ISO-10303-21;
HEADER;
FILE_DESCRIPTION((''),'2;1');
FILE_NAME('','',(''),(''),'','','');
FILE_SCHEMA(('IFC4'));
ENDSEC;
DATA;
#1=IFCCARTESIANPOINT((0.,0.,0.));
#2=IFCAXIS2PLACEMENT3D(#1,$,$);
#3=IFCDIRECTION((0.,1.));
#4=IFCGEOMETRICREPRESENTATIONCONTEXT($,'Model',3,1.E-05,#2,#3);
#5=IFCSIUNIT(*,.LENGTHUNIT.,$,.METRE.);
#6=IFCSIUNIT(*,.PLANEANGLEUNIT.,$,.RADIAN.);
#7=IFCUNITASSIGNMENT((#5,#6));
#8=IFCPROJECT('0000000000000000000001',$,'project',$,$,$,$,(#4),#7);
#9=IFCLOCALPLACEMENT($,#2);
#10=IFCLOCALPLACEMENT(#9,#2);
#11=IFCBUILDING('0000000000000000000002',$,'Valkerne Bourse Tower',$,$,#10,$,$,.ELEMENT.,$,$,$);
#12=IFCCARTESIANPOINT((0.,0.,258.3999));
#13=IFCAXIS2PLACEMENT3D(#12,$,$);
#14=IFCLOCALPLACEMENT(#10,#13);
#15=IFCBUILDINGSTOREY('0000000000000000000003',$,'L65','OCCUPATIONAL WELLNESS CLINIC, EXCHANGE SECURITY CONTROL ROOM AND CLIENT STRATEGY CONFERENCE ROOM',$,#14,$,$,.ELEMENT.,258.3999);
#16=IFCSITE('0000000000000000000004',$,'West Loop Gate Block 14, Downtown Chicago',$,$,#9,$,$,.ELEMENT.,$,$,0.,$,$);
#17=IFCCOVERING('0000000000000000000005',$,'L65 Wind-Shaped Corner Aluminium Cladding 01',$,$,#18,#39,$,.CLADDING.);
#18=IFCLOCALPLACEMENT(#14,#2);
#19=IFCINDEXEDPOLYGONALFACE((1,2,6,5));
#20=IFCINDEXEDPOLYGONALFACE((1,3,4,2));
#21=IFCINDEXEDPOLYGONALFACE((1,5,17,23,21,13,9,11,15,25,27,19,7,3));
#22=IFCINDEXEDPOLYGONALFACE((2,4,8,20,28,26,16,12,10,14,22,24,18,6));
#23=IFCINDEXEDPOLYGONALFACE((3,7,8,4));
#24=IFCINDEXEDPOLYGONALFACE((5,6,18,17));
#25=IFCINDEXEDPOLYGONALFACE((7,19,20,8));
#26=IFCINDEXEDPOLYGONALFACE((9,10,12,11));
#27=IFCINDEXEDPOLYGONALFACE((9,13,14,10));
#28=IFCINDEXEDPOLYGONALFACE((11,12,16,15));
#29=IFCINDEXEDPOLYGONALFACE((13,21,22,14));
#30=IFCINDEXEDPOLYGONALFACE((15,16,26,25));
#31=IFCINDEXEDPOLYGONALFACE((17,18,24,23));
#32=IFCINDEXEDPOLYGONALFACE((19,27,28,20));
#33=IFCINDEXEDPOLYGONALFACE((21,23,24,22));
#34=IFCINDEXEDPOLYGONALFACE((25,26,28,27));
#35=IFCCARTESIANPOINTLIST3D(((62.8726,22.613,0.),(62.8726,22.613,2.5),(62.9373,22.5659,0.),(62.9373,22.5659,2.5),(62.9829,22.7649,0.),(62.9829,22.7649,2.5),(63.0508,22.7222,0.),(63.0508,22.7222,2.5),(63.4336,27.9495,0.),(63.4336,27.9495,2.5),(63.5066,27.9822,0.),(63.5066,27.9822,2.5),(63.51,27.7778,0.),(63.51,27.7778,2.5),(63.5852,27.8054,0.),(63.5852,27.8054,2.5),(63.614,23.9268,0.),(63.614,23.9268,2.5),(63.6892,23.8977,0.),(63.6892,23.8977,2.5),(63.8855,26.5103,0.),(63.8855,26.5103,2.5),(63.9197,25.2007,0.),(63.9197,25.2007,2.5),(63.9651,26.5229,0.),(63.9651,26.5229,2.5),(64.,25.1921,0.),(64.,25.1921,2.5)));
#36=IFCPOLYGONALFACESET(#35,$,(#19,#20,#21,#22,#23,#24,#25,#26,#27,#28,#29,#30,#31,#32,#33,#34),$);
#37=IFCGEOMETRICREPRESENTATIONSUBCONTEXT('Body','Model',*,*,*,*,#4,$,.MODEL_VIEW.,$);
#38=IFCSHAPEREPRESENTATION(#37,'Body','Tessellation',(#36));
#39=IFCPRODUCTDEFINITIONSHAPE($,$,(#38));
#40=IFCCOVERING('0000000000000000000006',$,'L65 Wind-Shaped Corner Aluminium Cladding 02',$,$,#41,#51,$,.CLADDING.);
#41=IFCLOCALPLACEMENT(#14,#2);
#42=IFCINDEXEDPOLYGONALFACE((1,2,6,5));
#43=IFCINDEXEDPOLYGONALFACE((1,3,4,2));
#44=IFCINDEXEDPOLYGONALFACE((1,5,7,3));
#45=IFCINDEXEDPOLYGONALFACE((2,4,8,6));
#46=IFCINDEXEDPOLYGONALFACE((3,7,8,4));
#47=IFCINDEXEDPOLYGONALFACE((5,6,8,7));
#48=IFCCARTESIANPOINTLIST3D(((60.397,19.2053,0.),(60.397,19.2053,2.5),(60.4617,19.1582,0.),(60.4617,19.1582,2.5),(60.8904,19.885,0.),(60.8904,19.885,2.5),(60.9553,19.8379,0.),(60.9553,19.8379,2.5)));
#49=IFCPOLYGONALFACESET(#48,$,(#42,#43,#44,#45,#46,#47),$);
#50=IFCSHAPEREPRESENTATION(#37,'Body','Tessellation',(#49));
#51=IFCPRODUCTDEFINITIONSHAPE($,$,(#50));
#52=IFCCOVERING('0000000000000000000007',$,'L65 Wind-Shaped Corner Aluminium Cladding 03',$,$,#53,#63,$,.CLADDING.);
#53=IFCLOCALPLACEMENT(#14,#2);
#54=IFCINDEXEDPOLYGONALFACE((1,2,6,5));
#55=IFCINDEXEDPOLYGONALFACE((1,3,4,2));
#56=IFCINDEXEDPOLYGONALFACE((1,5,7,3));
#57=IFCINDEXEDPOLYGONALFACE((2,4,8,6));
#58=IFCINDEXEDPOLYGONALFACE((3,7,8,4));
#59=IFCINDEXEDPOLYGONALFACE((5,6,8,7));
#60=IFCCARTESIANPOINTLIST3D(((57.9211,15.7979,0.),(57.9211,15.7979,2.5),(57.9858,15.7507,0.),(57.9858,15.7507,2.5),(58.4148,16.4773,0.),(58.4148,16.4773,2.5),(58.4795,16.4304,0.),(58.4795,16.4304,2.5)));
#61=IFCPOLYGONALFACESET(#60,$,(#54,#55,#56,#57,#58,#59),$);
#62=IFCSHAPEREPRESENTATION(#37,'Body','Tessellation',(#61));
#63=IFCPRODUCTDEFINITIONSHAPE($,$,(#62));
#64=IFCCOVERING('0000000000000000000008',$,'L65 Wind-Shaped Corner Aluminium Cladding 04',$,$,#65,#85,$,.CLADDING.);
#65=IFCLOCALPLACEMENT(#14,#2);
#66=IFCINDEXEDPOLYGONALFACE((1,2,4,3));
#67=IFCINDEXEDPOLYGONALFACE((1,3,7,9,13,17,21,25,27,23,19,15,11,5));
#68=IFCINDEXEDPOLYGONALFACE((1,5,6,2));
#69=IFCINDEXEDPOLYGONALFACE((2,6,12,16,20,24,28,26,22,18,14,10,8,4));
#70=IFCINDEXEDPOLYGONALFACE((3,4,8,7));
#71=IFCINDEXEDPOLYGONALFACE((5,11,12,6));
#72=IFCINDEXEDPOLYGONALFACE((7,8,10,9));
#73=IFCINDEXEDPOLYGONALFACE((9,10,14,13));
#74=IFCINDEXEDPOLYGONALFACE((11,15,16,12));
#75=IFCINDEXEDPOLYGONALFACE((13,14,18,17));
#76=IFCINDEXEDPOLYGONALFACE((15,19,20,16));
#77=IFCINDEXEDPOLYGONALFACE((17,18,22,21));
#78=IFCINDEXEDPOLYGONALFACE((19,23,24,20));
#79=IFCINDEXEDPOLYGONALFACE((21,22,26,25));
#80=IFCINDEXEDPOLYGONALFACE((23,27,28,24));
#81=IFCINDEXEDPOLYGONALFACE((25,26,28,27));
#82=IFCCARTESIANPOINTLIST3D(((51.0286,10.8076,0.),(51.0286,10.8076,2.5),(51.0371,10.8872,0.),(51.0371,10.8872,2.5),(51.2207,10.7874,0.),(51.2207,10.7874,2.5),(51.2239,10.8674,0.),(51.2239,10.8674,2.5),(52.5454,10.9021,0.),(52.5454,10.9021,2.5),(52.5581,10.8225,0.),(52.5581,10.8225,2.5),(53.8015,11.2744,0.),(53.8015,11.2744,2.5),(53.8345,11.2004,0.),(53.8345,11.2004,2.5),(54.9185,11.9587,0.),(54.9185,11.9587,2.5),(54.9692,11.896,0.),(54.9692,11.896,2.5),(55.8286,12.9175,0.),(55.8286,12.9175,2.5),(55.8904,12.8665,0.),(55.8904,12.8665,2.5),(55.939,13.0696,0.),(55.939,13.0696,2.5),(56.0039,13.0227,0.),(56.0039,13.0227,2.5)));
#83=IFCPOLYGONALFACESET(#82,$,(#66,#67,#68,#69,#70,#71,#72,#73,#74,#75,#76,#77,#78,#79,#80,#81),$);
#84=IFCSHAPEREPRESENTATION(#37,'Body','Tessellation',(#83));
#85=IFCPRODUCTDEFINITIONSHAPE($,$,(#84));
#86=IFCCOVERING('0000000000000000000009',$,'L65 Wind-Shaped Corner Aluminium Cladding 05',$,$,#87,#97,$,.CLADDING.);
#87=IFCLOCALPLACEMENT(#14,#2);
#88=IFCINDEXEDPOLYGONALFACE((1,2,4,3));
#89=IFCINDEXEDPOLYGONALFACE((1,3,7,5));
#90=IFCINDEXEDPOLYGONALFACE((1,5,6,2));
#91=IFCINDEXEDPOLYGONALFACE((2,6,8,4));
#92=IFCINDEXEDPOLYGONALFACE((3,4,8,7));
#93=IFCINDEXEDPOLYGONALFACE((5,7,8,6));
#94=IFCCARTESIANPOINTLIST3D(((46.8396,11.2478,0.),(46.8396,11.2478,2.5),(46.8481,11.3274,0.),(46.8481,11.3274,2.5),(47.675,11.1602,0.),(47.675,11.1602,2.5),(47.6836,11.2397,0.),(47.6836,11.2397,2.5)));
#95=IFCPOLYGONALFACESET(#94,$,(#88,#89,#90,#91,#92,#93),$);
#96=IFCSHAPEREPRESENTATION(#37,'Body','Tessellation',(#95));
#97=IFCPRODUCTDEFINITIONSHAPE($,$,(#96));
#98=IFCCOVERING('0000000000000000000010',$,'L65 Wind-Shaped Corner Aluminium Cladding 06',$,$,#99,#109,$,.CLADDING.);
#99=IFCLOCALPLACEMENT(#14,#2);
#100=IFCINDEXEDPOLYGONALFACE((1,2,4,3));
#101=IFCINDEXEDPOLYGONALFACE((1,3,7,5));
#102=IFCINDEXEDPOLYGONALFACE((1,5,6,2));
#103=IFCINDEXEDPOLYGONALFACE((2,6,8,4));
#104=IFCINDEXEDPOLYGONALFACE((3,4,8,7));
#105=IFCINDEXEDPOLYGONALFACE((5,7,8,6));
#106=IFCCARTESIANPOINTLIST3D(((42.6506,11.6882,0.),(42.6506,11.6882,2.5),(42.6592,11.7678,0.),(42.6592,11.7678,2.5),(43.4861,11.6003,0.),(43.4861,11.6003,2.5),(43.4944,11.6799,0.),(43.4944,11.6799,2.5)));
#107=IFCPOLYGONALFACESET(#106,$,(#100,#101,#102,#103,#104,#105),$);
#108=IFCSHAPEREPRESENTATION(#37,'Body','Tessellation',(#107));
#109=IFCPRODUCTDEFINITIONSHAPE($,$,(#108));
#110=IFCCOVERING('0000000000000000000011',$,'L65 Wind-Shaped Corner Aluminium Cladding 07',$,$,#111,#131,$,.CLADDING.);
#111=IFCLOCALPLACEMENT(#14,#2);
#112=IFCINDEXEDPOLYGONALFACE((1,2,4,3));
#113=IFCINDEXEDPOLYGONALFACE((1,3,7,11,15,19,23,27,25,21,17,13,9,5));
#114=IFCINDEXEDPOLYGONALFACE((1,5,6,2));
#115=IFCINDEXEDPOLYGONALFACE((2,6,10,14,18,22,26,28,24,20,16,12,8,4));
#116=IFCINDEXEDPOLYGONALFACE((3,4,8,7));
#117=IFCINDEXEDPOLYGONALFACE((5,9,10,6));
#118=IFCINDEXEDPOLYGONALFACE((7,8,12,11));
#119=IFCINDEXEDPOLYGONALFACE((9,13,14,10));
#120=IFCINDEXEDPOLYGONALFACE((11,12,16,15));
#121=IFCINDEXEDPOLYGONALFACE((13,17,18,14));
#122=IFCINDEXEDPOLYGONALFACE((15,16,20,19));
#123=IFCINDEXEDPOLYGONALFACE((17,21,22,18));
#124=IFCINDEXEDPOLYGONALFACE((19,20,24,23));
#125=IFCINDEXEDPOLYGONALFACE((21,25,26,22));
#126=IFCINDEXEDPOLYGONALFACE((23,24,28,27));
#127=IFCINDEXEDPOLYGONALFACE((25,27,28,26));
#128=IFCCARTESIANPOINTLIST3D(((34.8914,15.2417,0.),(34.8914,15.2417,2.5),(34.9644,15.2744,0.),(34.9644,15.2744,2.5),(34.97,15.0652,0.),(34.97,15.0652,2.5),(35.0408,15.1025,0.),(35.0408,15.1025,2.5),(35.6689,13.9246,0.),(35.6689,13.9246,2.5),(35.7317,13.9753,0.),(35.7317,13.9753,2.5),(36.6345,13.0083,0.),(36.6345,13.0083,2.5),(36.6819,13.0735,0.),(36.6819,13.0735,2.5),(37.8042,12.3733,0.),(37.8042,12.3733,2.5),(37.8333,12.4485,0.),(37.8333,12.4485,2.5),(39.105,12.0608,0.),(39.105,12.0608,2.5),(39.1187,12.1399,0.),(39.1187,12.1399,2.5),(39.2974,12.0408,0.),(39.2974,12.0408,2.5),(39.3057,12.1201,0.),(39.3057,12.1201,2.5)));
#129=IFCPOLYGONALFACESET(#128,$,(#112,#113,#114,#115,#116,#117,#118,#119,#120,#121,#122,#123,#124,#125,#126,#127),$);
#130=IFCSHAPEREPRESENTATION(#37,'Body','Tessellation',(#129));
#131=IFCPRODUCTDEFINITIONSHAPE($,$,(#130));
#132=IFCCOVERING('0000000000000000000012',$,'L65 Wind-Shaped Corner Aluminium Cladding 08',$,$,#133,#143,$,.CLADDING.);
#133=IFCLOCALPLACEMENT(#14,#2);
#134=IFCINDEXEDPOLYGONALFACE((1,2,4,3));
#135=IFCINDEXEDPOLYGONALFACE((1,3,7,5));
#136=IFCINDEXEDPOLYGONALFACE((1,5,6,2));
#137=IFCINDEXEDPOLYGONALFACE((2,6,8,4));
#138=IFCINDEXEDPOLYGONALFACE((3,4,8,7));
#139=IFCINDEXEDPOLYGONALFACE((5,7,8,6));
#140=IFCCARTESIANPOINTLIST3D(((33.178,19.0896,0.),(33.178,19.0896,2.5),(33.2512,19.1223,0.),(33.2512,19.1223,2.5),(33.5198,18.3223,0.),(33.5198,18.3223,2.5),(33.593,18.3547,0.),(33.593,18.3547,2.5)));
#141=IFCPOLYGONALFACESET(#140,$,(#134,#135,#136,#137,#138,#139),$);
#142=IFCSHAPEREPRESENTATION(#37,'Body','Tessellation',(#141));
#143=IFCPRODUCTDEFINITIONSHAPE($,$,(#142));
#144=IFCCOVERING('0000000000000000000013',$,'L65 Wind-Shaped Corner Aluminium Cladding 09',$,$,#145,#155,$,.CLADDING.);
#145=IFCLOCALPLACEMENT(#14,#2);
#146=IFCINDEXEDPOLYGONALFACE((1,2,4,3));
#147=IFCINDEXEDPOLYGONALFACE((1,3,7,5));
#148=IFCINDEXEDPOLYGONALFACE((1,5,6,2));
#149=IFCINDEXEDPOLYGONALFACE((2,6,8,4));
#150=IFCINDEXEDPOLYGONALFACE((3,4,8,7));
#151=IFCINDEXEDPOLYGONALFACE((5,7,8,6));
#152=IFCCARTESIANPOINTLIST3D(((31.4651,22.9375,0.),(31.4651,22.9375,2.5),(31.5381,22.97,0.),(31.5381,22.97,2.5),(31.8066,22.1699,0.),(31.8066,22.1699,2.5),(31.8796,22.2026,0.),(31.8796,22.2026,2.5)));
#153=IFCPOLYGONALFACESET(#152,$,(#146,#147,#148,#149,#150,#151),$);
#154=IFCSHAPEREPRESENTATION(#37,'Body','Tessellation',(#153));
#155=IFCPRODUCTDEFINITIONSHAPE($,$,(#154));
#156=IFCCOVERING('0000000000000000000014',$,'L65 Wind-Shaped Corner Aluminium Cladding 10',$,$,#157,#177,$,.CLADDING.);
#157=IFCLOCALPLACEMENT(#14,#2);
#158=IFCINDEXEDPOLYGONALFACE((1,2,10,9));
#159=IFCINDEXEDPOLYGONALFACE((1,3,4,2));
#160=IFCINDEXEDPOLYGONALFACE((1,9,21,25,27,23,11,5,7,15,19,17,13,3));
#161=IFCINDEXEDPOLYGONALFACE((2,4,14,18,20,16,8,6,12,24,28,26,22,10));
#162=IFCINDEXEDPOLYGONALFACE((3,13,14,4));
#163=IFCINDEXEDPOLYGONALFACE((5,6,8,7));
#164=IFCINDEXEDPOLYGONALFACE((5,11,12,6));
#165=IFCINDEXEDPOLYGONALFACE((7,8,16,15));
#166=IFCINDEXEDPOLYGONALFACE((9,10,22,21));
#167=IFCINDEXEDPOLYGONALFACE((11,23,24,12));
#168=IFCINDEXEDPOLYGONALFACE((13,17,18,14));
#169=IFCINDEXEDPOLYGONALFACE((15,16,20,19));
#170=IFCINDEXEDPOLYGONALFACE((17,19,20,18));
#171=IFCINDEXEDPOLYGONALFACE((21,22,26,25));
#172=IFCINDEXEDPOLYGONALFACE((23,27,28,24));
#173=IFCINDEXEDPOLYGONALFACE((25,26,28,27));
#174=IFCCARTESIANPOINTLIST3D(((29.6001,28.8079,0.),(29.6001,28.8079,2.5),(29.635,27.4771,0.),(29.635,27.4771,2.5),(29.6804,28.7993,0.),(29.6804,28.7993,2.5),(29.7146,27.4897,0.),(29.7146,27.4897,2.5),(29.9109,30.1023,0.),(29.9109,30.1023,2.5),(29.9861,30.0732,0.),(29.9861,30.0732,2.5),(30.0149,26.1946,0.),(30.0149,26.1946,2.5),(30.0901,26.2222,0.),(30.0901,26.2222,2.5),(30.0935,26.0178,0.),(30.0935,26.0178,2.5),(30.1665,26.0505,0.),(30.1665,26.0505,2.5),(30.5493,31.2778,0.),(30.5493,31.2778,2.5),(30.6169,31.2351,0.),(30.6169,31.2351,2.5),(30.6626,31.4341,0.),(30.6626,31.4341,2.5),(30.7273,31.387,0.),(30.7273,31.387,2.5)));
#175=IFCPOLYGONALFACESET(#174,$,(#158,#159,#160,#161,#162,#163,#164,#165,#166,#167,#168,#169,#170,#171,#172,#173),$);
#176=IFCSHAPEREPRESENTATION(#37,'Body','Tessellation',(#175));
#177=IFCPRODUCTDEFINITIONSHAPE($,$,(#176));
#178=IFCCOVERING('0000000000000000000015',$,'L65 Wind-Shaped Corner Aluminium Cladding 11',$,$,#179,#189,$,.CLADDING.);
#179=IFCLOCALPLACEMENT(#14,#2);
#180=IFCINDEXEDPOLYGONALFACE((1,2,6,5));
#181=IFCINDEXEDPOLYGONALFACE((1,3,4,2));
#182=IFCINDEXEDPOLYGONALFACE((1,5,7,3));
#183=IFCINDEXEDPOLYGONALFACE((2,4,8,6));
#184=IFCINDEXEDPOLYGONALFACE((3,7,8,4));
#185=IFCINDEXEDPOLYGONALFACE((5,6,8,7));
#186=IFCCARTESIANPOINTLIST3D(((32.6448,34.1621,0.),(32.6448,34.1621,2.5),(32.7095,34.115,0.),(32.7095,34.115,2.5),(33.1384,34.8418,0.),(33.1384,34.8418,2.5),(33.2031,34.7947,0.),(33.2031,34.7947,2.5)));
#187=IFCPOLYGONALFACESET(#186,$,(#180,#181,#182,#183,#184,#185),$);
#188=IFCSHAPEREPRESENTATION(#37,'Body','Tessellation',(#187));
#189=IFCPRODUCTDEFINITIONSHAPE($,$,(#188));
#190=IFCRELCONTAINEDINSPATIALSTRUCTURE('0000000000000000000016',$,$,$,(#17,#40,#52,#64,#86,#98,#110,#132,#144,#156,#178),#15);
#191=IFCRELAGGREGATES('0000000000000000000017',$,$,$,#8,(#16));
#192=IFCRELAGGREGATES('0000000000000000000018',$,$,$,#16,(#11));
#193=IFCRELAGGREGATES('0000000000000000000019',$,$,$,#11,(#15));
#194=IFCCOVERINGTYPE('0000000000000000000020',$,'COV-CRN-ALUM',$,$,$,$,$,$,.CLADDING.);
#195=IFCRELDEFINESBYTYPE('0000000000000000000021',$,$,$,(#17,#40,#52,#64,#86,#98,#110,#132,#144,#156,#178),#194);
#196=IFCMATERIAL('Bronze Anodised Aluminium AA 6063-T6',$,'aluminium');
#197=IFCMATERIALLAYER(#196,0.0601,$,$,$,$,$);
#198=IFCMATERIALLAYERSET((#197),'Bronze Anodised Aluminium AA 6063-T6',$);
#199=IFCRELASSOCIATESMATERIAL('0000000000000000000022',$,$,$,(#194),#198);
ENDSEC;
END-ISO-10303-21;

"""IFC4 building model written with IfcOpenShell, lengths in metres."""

from ifc_helpers import new_model, si_unit, direction, frame, origin, place, context, subcontext, project, spatial, polyline, outline, extrude, material, layer, layer_set, type_object, element, save


model = new_model("IFC4")

# Units and contexts
model_context = context("Model", 3, precision=1e-05, world=origin(), true_north=direction((0.0, 1.0)))
body_context = subcontext(model_context, "Body", "Model", "MODEL_VIEW")
ifc_project = project(units=[si_unit("LENGTHUNIT", "METRE"), si_unit("PLANEANGLEUNIT", "RADIAN")], contexts=[model_context])

# Site, building, storey
site_placement = place(None, origin())
site = spatial("IfcSite", under=ifc_project, at=site_placement, Name="West Loop Gate Block 14, Downtown Chicago", CompositionType="ELEMENT", RefElevation=0.0)
building_placement = place(site_placement, origin())
building = spatial("IfcBuilding", under=site, at=building_placement, Name="Valkerne Bourse Tower", CompositionType="ELEMENT")
storey_placement = place(building_placement, frame((0.0, 0.0, 258.3999)))
storey = spatial("IfcBuildingStorey", under=building, at=storey_placement, Name="L65", Description="OCCUPATIONAL WELLNESS CLINIC, EXCHANGE SECURITY CONTROL ROOM AND CLIENT STRATEGY CONFERENCE ROOM", CompositionType="ELEMENT", Elevation=258.3999)

# Coverings
ifc_material_1 = material(Name="Bronze Anodised Aluminium AA 6063-T6", Category="aluminium")
ifc_layer_1 = layer(ifc_material_1, 0.0601)
ifc_layer_set_1 = layer_set([ifc_layer_1], Name="Bronze Anodised Aluminium AA 6063-T6")
covering_type_1 = type_object("IfcCoveringType", Name="COV-CRN-ALUM", PredefinedType="CLADDING", material=ifc_layer_set_1)
covering_1_placement = place(storey_placement, origin())
element("IfcCovering", 1, at=covering_1_placement, inside=storey, type_object=covering_type_1, Name="L65 Wind-Shaped Corner Aluminium Cladding 01", PredefinedType="CLADDING", context=body_context, shape_type="SweptSolid", body=[
    extrude(outline(polyline([(63.9651, 26.5229), (64.0, 25.1921), (63.6892, 23.8977), (63.0508, 22.7222), (62.9373, 22.5659), (62.8726, 22.613), (62.9829, 22.7649), (63.614, 23.9268), (63.9197, 25.2007), (63.8855, 26.5103), (63.51, 27.7778), (63.4336, 27.9495), (63.5066, 27.9822), (63.5852, 27.8054), (63.9651, 26.5229)])), origin(), (0.0, 0.0, 1.0), 2.5),
])
covering_2_placement = place(storey_placement, origin())
element("IfcCovering", 2, at=covering_2_placement, inside=storey, type_object=covering_type_1, Name="L65 Wind-Shaped Corner Aluminium Cladding 02", PredefinedType="CLADDING", context=body_context, shape_type="SweptSolid", body=[
    extrude(outline(polyline([(60.4617, 19.1582), (60.397, 19.2053), (60.8904, 19.885), (60.9553, 19.8379), (60.4617, 19.1582)])), origin(), (0.0, 0.0, 1.0), 2.5),
])
covering_3_placement = place(storey_placement, origin())
element("IfcCovering", 3, at=covering_3_placement, inside=storey, type_object=covering_type_1, Name="L65 Wind-Shaped Corner Aluminium Cladding 03", PredefinedType="CLADDING", context=body_context, shape_type="SweptSolid", body=[
    extrude(outline(polyline([(57.9858, 15.7507), (57.9211, 15.7979), (58.4148, 16.4773), (58.4795, 16.4304), (57.9858, 15.7507)])), origin(), (0.0, 0.0, 1.0), 2.5),
])
covering_4_placement = place(storey_placement, origin())
element("IfcCovering", 4, at=covering_4_placement, inside=storey, type_object=covering_type_1, Name="L65 Wind-Shaped Corner Aluminium Cladding 04", PredefinedType="CLADDING", context=body_context, shape_type="SweptSolid", body=[
    extrude(outline(polyline([(55.8904, 12.8665), (54.9692, 11.896), (53.8345, 11.2004), (52.5581, 10.8225), (51.2207, 10.7874), (51.0286, 10.8076), (51.0371, 10.8872), (51.2239, 10.8674), (52.5454, 10.9021), (53.8015, 11.2744), (54.9185, 11.9587), (55.8286, 12.9175), (55.939, 13.0696), (56.0039, 13.0227), (55.8904, 12.8665)])), origin(), (0.0, 0.0, 1.0), 2.5),
])
covering_5_placement = place(storey_placement, origin())
element("IfcCovering", 5, at=covering_5_placement, inside=storey, type_object=covering_type_1, Name="L65 Wind-Shaped Corner Aluminium Cladding 05", PredefinedType="CLADDING", context=body_context, shape_type="SweptSolid", body=[
    extrude(outline(polyline([(46.8396, 11.2478), (46.8481, 11.3274), (47.6836, 11.2397), (47.675, 11.1602), (46.8396, 11.2478)])), origin(), (0.0, 0.0, 1.0), 2.5),
])
covering_6_placement = place(storey_placement, origin())
element("IfcCovering", 6, at=covering_6_placement, inside=storey, type_object=covering_type_1, Name="L65 Wind-Shaped Corner Aluminium Cladding 06", PredefinedType="CLADDING", context=body_context, shape_type="SweptSolid", body=[
    extrude(outline(polyline([(42.6506, 11.6882), (42.6592, 11.7678), (43.4944, 11.6799), (43.4861, 11.6003), (42.6506, 11.6882)])), origin(), (0.0, 0.0, 1.0), 2.5),
])
covering_7_placement = place(storey_placement, origin())
element("IfcCovering", 7, at=covering_7_placement, inside=storey, type_object=covering_type_1, Name="L65 Wind-Shaped Corner Aluminium Cladding 07", PredefinedType="CLADDING", context=body_context, shape_type="SweptSolid", body=[
    extrude(outline(polyline([(39.105, 12.0608), (37.8042, 12.3733), (36.6345, 13.0083), (35.6689, 13.9246), (34.97, 15.0652), (34.8914, 15.2417), (34.9644, 15.2744), (35.0408, 15.1025), (35.7317, 13.9753), (36.6819, 13.0735), (37.8333, 12.4485), (39.1187, 12.1399), (39.3057, 12.1201), (39.2974, 12.0408), (39.105, 12.0608)])), origin(), (0.0, 0.0, 1.0), 2.5),
])
covering_8_placement = place(storey_placement, origin())
element("IfcCovering", 8, at=covering_8_placement, inside=storey, type_object=covering_type_1, Name="L65 Wind-Shaped Corner Aluminium Cladding 08", PredefinedType="CLADDING", context=body_context, shape_type="SweptSolid", body=[
    extrude(outline(polyline([(33.178, 19.0896), (33.2512, 19.1223), (33.593, 18.3547), (33.5198, 18.3223), (33.178, 19.0896)])), origin(), (0.0, 0.0, 1.0), 2.5),
])
covering_9_placement = place(storey_placement, origin())
element("IfcCovering", 9, at=covering_9_placement, inside=storey, type_object=covering_type_1, Name="L65 Wind-Shaped Corner Aluminium Cladding 09", PredefinedType="CLADDING", context=body_context, shape_type="SweptSolid", body=[
    extrude(outline(polyline([(31.4651, 22.9375), (31.5381, 22.97), (31.8796, 22.2026), (31.8066, 22.1699), (31.4651, 22.9375)])), origin(), (0.0, 0.0, 1.0), 2.5),
])
covering_10_placement = place(storey_placement, origin())
element("IfcCovering", 10, at=covering_10_placement, inside=storey, type_object=covering_type_1, Name="L65 Wind-Shaped Corner Aluminium Cladding 10", PredefinedType="CLADDING", context=body_context, shape_type="SweptSolid", body=[
    extrude(outline(polyline([(30.0149, 26.1946), (29.635, 27.4771), (29.6001, 28.8079), (29.9109, 30.1023), (30.5493, 31.2778), (30.6626, 31.4341), (30.7273, 31.387), (30.6169, 31.2351), (29.9861, 30.0732), (29.6804, 28.7993), (29.7146, 27.4897), (30.0901, 26.2222), (30.1665, 26.0505), (30.0935, 26.0178), (30.0149, 26.1946)])), origin(), (0.0, 0.0, 1.0), 2.5),
])
covering_11_placement = place(storey_placement, origin())
element("IfcCovering", 11, at=covering_11_placement, inside=storey, type_object=covering_type_1, Name="L65 Wind-Shaped Corner Aluminium Cladding 11", PredefinedType="CLADDING", context=body_context, shape_type="SweptSolid", body=[
    extrude(outline(polyline([(33.1384, 34.8418), (33.2031, 34.7947), (32.7095, 34.115), (32.6448, 34.1621), (33.1384, 34.8418)])), origin(), (0.0, 0.0, 1.0), 2.5),
])

save(model, "model.ifc")
